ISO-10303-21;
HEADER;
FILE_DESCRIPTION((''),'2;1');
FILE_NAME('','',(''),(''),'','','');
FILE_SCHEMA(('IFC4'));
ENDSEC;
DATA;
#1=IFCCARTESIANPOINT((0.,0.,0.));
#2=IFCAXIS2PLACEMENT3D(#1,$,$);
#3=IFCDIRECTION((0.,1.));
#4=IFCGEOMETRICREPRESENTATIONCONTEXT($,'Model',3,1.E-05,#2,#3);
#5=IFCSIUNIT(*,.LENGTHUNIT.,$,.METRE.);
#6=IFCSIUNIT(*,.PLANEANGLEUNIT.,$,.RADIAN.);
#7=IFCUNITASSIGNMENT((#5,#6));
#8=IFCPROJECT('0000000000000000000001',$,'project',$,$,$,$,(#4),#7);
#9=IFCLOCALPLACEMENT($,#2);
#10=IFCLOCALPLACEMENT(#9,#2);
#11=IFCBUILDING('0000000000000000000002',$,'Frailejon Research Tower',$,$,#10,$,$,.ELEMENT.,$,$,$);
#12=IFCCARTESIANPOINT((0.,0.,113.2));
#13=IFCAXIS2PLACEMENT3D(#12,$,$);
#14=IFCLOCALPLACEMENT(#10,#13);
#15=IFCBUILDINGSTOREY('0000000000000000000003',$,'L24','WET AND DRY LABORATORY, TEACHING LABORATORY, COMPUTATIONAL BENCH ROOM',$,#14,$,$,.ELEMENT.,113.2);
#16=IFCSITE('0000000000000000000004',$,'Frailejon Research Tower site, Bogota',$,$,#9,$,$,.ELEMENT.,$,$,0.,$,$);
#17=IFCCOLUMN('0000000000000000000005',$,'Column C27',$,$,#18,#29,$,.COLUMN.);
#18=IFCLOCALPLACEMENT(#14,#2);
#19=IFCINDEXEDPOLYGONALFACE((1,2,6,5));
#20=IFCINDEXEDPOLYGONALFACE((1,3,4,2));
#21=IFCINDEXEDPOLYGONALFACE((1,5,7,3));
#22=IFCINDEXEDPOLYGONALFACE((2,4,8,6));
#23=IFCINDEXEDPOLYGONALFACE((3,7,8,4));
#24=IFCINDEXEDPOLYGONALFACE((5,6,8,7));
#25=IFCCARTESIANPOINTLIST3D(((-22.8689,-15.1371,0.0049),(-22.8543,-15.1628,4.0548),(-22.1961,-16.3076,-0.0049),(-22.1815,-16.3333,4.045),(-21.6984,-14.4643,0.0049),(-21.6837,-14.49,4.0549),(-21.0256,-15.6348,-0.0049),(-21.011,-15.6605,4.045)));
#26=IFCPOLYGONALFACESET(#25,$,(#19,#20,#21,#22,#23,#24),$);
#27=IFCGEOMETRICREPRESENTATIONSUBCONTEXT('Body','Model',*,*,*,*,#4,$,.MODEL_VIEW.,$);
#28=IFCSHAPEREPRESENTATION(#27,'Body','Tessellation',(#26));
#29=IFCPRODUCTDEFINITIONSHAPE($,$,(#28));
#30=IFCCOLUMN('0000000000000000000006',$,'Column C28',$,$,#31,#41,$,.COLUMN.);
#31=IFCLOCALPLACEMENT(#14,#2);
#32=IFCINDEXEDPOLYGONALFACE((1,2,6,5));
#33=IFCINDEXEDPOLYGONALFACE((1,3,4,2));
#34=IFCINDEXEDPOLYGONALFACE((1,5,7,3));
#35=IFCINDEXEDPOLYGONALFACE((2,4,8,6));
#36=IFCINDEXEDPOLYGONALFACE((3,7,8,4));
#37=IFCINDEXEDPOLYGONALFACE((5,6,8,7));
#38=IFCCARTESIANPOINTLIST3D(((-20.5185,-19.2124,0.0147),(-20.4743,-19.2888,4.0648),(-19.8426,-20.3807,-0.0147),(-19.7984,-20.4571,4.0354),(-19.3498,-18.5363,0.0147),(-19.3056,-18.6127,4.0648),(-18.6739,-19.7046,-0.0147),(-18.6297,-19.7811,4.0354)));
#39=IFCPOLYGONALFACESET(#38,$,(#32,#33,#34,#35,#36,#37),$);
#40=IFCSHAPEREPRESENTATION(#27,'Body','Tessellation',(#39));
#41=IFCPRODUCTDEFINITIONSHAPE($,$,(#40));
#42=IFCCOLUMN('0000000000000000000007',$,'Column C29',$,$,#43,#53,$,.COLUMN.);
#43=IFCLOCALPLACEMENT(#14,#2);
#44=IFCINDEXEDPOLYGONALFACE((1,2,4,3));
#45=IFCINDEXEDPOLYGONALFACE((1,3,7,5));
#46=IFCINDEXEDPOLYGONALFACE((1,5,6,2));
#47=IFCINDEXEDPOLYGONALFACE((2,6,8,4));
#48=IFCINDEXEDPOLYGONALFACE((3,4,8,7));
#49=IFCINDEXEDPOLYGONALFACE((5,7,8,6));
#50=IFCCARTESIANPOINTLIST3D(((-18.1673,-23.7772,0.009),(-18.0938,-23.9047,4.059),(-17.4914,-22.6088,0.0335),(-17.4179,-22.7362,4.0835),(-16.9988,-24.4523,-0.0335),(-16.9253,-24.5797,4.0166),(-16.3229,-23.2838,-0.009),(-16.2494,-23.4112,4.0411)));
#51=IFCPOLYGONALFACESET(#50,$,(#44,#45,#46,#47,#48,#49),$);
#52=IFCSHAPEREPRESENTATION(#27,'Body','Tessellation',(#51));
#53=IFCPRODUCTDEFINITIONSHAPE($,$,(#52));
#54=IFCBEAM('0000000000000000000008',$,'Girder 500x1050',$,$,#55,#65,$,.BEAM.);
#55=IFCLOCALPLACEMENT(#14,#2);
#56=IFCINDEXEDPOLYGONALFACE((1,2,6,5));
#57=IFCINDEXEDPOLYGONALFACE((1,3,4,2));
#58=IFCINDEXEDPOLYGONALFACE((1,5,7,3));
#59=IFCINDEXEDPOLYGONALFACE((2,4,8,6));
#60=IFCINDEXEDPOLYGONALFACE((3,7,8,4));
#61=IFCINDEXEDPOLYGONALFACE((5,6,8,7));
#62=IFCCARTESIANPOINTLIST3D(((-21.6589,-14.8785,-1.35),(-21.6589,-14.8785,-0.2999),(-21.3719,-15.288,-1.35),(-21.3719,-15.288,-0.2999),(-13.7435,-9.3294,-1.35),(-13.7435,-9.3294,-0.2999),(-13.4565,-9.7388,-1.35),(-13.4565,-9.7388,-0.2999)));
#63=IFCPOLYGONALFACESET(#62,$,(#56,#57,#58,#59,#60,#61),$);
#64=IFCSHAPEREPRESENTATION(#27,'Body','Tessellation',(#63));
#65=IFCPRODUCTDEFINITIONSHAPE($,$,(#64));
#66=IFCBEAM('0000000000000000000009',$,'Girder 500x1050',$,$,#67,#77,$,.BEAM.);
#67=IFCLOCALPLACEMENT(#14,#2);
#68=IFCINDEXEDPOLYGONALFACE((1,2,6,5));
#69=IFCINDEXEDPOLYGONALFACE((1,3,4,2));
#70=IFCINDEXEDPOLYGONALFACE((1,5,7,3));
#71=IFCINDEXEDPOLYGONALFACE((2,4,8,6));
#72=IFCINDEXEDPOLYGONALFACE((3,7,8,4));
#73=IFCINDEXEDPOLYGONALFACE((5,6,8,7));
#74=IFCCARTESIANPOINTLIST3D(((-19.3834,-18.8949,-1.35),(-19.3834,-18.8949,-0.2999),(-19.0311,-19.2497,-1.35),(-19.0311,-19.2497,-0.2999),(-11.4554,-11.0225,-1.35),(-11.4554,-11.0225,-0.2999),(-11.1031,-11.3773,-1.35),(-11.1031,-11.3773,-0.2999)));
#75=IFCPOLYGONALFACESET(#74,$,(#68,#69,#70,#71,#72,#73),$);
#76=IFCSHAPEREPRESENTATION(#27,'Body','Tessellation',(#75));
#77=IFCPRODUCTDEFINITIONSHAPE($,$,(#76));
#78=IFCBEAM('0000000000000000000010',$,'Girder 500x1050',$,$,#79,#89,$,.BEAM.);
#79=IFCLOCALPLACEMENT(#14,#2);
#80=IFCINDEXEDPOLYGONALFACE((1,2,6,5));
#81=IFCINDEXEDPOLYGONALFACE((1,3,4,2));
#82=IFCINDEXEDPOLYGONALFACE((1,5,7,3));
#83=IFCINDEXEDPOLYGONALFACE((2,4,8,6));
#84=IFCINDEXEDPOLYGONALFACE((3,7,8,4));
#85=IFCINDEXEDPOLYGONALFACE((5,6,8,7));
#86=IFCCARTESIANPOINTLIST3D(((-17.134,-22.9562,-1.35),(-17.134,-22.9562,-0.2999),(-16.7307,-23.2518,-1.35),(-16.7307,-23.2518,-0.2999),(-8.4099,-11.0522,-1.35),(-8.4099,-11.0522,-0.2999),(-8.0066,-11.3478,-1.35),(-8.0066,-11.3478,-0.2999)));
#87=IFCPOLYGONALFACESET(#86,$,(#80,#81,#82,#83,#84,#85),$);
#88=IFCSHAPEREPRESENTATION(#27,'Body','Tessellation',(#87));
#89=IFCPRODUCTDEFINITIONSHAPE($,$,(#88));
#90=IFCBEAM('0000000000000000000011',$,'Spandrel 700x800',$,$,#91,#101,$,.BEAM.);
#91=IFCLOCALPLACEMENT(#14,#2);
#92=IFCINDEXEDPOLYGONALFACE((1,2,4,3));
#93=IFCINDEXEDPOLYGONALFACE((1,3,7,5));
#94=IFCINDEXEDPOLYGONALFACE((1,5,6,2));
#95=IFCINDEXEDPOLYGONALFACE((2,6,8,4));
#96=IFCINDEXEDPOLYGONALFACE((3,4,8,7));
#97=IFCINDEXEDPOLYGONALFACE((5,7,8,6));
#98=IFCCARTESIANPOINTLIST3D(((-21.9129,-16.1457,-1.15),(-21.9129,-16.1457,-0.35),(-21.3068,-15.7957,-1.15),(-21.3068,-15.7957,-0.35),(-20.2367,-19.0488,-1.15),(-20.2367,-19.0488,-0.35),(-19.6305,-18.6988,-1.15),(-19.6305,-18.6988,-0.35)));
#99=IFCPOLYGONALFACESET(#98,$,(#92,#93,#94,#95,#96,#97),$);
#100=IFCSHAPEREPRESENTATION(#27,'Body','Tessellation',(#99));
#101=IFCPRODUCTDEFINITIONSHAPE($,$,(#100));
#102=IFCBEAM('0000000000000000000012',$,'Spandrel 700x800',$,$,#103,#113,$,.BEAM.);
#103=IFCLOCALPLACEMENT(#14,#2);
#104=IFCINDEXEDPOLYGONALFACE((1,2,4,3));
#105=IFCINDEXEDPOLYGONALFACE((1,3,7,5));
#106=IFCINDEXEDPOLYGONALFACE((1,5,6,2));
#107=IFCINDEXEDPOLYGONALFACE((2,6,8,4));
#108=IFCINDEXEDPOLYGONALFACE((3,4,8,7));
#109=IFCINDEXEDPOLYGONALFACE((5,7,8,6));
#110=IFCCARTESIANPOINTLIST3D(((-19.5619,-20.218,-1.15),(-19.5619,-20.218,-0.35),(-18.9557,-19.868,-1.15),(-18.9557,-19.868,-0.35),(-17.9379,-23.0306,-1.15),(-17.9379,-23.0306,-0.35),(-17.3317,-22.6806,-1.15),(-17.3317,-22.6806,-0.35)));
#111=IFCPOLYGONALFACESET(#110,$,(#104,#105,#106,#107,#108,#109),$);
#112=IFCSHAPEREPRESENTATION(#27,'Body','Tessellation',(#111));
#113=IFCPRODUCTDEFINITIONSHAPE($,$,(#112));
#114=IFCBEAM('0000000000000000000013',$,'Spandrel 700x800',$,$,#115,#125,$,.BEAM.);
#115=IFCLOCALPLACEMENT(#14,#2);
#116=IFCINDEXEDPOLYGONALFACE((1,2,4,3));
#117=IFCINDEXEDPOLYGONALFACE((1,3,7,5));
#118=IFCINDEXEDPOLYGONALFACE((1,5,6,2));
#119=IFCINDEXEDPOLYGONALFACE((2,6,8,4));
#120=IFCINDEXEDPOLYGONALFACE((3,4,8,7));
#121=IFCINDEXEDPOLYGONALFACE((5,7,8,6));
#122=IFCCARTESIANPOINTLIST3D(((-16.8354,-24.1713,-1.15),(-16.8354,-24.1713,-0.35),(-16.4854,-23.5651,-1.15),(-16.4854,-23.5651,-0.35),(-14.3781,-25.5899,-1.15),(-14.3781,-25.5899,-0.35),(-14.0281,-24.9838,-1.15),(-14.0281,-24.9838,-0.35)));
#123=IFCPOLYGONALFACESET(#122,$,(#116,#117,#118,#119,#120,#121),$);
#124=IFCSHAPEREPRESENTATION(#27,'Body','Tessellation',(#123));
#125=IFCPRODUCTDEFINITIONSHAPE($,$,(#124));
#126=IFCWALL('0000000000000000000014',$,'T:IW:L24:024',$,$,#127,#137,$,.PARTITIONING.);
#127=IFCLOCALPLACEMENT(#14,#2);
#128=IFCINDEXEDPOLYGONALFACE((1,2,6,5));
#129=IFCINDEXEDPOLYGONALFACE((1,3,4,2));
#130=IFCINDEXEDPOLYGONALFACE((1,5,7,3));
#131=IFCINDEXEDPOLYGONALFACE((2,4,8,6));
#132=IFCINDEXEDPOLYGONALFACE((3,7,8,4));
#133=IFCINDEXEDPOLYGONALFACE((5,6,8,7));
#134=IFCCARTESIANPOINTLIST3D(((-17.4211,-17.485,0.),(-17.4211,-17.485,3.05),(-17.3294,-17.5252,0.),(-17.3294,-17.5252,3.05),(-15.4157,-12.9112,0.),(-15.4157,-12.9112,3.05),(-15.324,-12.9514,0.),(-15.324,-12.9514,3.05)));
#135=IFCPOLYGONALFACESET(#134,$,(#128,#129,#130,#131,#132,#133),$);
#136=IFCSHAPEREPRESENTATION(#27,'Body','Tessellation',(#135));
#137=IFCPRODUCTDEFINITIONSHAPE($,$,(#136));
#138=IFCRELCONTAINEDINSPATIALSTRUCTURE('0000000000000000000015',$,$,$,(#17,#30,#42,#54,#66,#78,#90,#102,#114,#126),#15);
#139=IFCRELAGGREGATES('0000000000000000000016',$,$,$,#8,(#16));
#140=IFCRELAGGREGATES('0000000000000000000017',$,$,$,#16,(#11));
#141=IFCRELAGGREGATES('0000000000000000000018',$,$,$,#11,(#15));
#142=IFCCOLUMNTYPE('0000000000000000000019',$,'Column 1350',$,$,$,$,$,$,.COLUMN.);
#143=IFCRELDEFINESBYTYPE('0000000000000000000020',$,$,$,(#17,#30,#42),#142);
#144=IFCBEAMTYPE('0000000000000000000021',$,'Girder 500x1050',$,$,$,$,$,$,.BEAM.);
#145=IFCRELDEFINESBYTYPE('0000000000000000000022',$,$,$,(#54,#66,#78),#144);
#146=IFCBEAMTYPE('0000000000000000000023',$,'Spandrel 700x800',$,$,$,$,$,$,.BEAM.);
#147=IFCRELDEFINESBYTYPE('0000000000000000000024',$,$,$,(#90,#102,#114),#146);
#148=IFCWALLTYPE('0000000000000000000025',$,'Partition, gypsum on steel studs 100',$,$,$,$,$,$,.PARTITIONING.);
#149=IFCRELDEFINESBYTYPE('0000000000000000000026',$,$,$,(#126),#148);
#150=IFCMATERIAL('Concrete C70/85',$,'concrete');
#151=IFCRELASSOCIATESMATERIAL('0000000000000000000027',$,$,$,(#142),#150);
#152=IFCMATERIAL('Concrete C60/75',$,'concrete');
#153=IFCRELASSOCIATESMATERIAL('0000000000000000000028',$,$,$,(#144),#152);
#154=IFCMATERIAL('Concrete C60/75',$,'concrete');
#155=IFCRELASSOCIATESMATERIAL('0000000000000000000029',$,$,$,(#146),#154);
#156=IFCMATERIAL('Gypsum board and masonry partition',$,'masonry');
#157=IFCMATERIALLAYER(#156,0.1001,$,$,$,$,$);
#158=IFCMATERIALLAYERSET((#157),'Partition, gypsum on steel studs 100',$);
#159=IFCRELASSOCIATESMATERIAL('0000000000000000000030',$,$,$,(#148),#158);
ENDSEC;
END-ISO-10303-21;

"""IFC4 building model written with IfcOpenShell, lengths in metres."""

from ifc_helpers import new_model, si_unit, direction, frame, frame_2d, origin, origin_2d, place, context, subcontext, project, spatial, rectangle, extrude, material, layer, layer_set, material_profile, profile_set, type_object, element, save


model = new_model("IFC4")

# Units and contexts
model_context = context("Model", 3, precision=1e-05, world=origin(), true_north=direction((0.0, 1.0)))
body_context = subcontext(model_context, "Body", "Model", "MODEL_VIEW")
ifc_project = project(units=[si_unit("LENGTHUNIT", "METRE"), si_unit("PLANEANGLEUNIT", "RADIAN")], contexts=[model_context])

# Site, building, storey
site_placement = place(None, origin())
site = spatial("IfcSite", under=ifc_project, at=site_placement, Name="Frailejon Research Tower site, Bogota", CompositionType="ELEMENT", RefElevation=0.0)
building_placement = place(site_placement, origin())
building = spatial("IfcBuilding", under=site, at=building_placement, Name="Frailejon Research Tower", CompositionType="ELEMENT")
storey_placement = place(building_placement, frame((0.0, 0.0, 113.2)))
storey = spatial("IfcBuildingStorey", under=building, at=storey_placement, Name="L24", Description="WET AND DRY LABORATORY, TEACHING LABORATORY, COMPUTATIONAL BENCH ROOM", CompositionType="ELEMENT", Elevation=113.2)

# Columns
ifc_material_1 = material(Name="Concrete C70/85", Category="concrete")
ifc_material_profile_1 = material_profile(ifc_material_1, rectangle(XDim=1.3501, YDim=1.3501, at=origin_2d()), Name="Column 1350")
ifc_profile_set_1 = profile_set([ifc_material_profile_1], Name="Concrete C70/85")
column_type = type_object("IfcColumnType", Name="Column 1350", PredefinedType="COLUMN", material=ifc_profile_set_1)
column_1_placement = place(storey_placement, frame((-21.9473, -15.386, 0.0), z_axis=(0.003617, -0.006329, 0.999973), x_axis=(0.498305, -0.866971, -0.00729)))
element("IfcColumn", 1, at=column_1_placement, inside=storey, type_object=column_type, Name="Column C27", PredefinedType="COLUMN", context=body_context, shape_type="SweptSolid", body=[
    extrude(rectangle(XDim=1.3501, YDim=1.3501, at=origin_2d()), origin(), (0.0, 0.0, 1.0), 4.05),
])
column_2_placement = place(storey_placement, frame((-19.5962, -19.4585, 0.0), z_axis=(0.010908, -0.018863, 0.999763), x_axis=(0.500638, -0.865382, -0.02179)))
element("IfcColumn", 2, at=column_2_placement, inside=storey, type_object=column_type, Name="Column C28", PredefinedType="COLUMN", context=body_context, shape_type="SweptSolid", body=[
    extrude(rectangle(XDim=1.3501, YDim=1.3501, at=origin_2d()), origin(), (0.0, 0.0, 1.0), 4.051),
])
column_3_placement = place(storey_placement, frame((-17.2451, -23.5305, 0.0), z_axis=(0.018133, -0.031446, 0.999341), x_axis=(0.865469, -0.499975, -0.031436)))
element("IfcColumn", 3, at=column_3_placement, inside=storey, type_object=column_type, Name="Column C29", PredefinedType="COLUMN", context=body_context, shape_type="SweptSolid", body=[
    extrude(rectangle(XDim=1.3501, YDim=1.3501, at=origin_2d()), origin(), (0.0, 0.0, 1.0), 4.0527),
])

# Beams
ifc_material_2 = material(Name="Concrete C60/75", Category="concrete")
ifc_material_profile_2 = material_profile(ifc_material_2, rectangle(XDim=0.5, YDim=1.05, at=origin_2d()), Name="Girder 500x1050")
ifc_profile_set_2 = profile_set([ifc_material_profile_2], Name="Concrete C60/75")
beam_type_1 = type_object("IfcBeamType", Name="Girder 500x1050", PredefinedType="BEAM", material=ifc_profile_set_2)
beam_1_placement = place(storey_placement, frame((-21.5154, -15.0833, -0.825), z_axis=(0.818825, 0.574044, 0.0), x_axis=(-0.574044, 0.818825, 0.0)))
element("IfcBeam", 4, at=beam_1_placement, inside=storey, type_object=beam_type_1, Name="Girder 500x1050", PredefinedType="BEAM", context=body_context, shape_type="SweptSolid", body=[
    extrude(rectangle(XDim=0.5, YDim=1.05, at=origin_2d()), origin(), (0.0, 0.0, 1.0), 9.6667),
])
beam_2_placement = place(storey_placement, frame((-19.2073, -19.0723, -0.825), z_axis=(0.709593, 0.704611, 0.0), x_axis=(-0.704611, 0.709593, 0.0)))
element("IfcBeam", 5, at=beam_2_placement, inside=storey, type_object=beam_type_1, Name="Girder 500x1050", PredefinedType="BEAM", context=body_context, shape_type="SweptSolid", body=[
    extrude(rectangle(XDim=0.5, YDim=1.05, at=origin_2d()), origin(), (0.0, 0.0, 1.0), 11.1726),
])
beam_3_placement = place(storey_placement, frame((-16.9324, -23.104, -0.825), z_axis=(0.591121, 0.806583, 0.0), x_axis=(-0.806583, 0.591121, 0.0)))
element("IfcBeam", 6, at=beam_3_placement, inside=storey, type_object=beam_type_1, Name="Girder 500x1050", PredefinedType="BEAM", context=body_context, shape_type="SweptSolid", body=[
    extrude(rectangle(XDim=0.5, YDim=1.05, at=origin_2d()), origin(), (0.0, 0.0, 1.0), 14.7585),
])
ifc_material_3 = material(Name="Concrete C60/75", Category="concrete")
ifc_material_profile_3 = material_profile(ifc_material_3, rectangle(XDim=0.7, YDim=0.8, at=origin_2d()), Name="Spandrel 700x800")
ifc_profile_set_3 = profile_set([ifc_material_profile_3], Name="Concrete C60/75")
beam_type_2 = type_object("IfcBeamType", Name="Spandrel 700x800", PredefinedType="BEAM", material=ifc_profile_set_3)
beam_4_placement = place(storey_placement, frame((-21.6099, -15.9707, -0.75), z_axis=(0.50004, -0.866002, 0.0), x_axis=(0.866002, 0.50004, 0.0)))
element("IfcBeam", 7, at=beam_4_placement, inside=storey, type_object=beam_type_2, Name="Spandrel 700x800", PredefinedType="BEAM", context=body_context, shape_type="SweptSolid", body=[
    extrude(rectangle(XDim=0.7, YDim=0.8, at=origin_2d()), origin(), (0.0, 0.0, 1.0), 3.3523),
])
beam_5_placement = place(storey_placement, frame((-19.2588, -20.043, -0.75), z_axis=(0.50002, -0.866014, 0.0), x_axis=(0.866014, 0.50002, 0.0)))
element("IfcBeam", 8, at=beam_5_placement, inside=storey, type_object=beam_type_2, Name="Spandrel 700x800", PredefinedType="BEAM", context=body_context, shape_type="SweptSolid", body=[
    extrude(rectangle(XDim=0.7, YDim=0.8, at=origin_2d()), origin(), (0.0, 0.0, 1.0), 3.2478),
])
beam_6_placement = place(storey_placement, frame((-16.6604, -23.8682, -0.75), z_axis=(0.866027, -0.499998, 0.0), x_axis=(0.499998, 0.866027, 0.0)))
element("IfcBeam", 9, at=beam_6_placement, inside=storey, type_object=beam_type_2, Name="Spandrel 700x800", PredefinedType="BEAM", context=body_context, shape_type="SweptSolid", body=[
    extrude(rectangle(XDim=0.7, YDim=0.8, at=origin_2d()), origin(), (0.0, 0.0, 1.0), 2.8374),
])

# Wall
ifc_material_4 = material(Name="Gypsum board and masonry partition", Category="masonry")
ifc_layer_1 = layer(ifc_material_4, 0.1001)
ifc_layer_set_1 = layer_set([ifc_layer_1], Name="Partition, gypsum on steel studs 100")
wall_type_1 = type_object("IfcWallType", Name="Partition, gypsum on steel studs 100", PredefinedType="PARTITIONING", material=ifc_layer_set_1)
wall_1_placement = place(storey_placement, frame((-17.3752, -17.5051, 0.0), z_axis=(0.0, 0.0, 1.0), x_axis=(0.401552, 0.915836, 0.0)))
element("IfcWall", 10, at=wall_1_placement, inside=storey, type_object=wall_type_1, Name="T:IW:L24:024", PredefinedType="PARTITIONING", context=body_context, shape_type="SweptSolid", body=[
    extrude(rectangle(XDim=4.9941, YDim=0.1001, at=frame_2d((2.4971, 0.0))), origin(), (0.0, 0.0, 1.0), 3.05),
])

save(model, "model.ifc")
